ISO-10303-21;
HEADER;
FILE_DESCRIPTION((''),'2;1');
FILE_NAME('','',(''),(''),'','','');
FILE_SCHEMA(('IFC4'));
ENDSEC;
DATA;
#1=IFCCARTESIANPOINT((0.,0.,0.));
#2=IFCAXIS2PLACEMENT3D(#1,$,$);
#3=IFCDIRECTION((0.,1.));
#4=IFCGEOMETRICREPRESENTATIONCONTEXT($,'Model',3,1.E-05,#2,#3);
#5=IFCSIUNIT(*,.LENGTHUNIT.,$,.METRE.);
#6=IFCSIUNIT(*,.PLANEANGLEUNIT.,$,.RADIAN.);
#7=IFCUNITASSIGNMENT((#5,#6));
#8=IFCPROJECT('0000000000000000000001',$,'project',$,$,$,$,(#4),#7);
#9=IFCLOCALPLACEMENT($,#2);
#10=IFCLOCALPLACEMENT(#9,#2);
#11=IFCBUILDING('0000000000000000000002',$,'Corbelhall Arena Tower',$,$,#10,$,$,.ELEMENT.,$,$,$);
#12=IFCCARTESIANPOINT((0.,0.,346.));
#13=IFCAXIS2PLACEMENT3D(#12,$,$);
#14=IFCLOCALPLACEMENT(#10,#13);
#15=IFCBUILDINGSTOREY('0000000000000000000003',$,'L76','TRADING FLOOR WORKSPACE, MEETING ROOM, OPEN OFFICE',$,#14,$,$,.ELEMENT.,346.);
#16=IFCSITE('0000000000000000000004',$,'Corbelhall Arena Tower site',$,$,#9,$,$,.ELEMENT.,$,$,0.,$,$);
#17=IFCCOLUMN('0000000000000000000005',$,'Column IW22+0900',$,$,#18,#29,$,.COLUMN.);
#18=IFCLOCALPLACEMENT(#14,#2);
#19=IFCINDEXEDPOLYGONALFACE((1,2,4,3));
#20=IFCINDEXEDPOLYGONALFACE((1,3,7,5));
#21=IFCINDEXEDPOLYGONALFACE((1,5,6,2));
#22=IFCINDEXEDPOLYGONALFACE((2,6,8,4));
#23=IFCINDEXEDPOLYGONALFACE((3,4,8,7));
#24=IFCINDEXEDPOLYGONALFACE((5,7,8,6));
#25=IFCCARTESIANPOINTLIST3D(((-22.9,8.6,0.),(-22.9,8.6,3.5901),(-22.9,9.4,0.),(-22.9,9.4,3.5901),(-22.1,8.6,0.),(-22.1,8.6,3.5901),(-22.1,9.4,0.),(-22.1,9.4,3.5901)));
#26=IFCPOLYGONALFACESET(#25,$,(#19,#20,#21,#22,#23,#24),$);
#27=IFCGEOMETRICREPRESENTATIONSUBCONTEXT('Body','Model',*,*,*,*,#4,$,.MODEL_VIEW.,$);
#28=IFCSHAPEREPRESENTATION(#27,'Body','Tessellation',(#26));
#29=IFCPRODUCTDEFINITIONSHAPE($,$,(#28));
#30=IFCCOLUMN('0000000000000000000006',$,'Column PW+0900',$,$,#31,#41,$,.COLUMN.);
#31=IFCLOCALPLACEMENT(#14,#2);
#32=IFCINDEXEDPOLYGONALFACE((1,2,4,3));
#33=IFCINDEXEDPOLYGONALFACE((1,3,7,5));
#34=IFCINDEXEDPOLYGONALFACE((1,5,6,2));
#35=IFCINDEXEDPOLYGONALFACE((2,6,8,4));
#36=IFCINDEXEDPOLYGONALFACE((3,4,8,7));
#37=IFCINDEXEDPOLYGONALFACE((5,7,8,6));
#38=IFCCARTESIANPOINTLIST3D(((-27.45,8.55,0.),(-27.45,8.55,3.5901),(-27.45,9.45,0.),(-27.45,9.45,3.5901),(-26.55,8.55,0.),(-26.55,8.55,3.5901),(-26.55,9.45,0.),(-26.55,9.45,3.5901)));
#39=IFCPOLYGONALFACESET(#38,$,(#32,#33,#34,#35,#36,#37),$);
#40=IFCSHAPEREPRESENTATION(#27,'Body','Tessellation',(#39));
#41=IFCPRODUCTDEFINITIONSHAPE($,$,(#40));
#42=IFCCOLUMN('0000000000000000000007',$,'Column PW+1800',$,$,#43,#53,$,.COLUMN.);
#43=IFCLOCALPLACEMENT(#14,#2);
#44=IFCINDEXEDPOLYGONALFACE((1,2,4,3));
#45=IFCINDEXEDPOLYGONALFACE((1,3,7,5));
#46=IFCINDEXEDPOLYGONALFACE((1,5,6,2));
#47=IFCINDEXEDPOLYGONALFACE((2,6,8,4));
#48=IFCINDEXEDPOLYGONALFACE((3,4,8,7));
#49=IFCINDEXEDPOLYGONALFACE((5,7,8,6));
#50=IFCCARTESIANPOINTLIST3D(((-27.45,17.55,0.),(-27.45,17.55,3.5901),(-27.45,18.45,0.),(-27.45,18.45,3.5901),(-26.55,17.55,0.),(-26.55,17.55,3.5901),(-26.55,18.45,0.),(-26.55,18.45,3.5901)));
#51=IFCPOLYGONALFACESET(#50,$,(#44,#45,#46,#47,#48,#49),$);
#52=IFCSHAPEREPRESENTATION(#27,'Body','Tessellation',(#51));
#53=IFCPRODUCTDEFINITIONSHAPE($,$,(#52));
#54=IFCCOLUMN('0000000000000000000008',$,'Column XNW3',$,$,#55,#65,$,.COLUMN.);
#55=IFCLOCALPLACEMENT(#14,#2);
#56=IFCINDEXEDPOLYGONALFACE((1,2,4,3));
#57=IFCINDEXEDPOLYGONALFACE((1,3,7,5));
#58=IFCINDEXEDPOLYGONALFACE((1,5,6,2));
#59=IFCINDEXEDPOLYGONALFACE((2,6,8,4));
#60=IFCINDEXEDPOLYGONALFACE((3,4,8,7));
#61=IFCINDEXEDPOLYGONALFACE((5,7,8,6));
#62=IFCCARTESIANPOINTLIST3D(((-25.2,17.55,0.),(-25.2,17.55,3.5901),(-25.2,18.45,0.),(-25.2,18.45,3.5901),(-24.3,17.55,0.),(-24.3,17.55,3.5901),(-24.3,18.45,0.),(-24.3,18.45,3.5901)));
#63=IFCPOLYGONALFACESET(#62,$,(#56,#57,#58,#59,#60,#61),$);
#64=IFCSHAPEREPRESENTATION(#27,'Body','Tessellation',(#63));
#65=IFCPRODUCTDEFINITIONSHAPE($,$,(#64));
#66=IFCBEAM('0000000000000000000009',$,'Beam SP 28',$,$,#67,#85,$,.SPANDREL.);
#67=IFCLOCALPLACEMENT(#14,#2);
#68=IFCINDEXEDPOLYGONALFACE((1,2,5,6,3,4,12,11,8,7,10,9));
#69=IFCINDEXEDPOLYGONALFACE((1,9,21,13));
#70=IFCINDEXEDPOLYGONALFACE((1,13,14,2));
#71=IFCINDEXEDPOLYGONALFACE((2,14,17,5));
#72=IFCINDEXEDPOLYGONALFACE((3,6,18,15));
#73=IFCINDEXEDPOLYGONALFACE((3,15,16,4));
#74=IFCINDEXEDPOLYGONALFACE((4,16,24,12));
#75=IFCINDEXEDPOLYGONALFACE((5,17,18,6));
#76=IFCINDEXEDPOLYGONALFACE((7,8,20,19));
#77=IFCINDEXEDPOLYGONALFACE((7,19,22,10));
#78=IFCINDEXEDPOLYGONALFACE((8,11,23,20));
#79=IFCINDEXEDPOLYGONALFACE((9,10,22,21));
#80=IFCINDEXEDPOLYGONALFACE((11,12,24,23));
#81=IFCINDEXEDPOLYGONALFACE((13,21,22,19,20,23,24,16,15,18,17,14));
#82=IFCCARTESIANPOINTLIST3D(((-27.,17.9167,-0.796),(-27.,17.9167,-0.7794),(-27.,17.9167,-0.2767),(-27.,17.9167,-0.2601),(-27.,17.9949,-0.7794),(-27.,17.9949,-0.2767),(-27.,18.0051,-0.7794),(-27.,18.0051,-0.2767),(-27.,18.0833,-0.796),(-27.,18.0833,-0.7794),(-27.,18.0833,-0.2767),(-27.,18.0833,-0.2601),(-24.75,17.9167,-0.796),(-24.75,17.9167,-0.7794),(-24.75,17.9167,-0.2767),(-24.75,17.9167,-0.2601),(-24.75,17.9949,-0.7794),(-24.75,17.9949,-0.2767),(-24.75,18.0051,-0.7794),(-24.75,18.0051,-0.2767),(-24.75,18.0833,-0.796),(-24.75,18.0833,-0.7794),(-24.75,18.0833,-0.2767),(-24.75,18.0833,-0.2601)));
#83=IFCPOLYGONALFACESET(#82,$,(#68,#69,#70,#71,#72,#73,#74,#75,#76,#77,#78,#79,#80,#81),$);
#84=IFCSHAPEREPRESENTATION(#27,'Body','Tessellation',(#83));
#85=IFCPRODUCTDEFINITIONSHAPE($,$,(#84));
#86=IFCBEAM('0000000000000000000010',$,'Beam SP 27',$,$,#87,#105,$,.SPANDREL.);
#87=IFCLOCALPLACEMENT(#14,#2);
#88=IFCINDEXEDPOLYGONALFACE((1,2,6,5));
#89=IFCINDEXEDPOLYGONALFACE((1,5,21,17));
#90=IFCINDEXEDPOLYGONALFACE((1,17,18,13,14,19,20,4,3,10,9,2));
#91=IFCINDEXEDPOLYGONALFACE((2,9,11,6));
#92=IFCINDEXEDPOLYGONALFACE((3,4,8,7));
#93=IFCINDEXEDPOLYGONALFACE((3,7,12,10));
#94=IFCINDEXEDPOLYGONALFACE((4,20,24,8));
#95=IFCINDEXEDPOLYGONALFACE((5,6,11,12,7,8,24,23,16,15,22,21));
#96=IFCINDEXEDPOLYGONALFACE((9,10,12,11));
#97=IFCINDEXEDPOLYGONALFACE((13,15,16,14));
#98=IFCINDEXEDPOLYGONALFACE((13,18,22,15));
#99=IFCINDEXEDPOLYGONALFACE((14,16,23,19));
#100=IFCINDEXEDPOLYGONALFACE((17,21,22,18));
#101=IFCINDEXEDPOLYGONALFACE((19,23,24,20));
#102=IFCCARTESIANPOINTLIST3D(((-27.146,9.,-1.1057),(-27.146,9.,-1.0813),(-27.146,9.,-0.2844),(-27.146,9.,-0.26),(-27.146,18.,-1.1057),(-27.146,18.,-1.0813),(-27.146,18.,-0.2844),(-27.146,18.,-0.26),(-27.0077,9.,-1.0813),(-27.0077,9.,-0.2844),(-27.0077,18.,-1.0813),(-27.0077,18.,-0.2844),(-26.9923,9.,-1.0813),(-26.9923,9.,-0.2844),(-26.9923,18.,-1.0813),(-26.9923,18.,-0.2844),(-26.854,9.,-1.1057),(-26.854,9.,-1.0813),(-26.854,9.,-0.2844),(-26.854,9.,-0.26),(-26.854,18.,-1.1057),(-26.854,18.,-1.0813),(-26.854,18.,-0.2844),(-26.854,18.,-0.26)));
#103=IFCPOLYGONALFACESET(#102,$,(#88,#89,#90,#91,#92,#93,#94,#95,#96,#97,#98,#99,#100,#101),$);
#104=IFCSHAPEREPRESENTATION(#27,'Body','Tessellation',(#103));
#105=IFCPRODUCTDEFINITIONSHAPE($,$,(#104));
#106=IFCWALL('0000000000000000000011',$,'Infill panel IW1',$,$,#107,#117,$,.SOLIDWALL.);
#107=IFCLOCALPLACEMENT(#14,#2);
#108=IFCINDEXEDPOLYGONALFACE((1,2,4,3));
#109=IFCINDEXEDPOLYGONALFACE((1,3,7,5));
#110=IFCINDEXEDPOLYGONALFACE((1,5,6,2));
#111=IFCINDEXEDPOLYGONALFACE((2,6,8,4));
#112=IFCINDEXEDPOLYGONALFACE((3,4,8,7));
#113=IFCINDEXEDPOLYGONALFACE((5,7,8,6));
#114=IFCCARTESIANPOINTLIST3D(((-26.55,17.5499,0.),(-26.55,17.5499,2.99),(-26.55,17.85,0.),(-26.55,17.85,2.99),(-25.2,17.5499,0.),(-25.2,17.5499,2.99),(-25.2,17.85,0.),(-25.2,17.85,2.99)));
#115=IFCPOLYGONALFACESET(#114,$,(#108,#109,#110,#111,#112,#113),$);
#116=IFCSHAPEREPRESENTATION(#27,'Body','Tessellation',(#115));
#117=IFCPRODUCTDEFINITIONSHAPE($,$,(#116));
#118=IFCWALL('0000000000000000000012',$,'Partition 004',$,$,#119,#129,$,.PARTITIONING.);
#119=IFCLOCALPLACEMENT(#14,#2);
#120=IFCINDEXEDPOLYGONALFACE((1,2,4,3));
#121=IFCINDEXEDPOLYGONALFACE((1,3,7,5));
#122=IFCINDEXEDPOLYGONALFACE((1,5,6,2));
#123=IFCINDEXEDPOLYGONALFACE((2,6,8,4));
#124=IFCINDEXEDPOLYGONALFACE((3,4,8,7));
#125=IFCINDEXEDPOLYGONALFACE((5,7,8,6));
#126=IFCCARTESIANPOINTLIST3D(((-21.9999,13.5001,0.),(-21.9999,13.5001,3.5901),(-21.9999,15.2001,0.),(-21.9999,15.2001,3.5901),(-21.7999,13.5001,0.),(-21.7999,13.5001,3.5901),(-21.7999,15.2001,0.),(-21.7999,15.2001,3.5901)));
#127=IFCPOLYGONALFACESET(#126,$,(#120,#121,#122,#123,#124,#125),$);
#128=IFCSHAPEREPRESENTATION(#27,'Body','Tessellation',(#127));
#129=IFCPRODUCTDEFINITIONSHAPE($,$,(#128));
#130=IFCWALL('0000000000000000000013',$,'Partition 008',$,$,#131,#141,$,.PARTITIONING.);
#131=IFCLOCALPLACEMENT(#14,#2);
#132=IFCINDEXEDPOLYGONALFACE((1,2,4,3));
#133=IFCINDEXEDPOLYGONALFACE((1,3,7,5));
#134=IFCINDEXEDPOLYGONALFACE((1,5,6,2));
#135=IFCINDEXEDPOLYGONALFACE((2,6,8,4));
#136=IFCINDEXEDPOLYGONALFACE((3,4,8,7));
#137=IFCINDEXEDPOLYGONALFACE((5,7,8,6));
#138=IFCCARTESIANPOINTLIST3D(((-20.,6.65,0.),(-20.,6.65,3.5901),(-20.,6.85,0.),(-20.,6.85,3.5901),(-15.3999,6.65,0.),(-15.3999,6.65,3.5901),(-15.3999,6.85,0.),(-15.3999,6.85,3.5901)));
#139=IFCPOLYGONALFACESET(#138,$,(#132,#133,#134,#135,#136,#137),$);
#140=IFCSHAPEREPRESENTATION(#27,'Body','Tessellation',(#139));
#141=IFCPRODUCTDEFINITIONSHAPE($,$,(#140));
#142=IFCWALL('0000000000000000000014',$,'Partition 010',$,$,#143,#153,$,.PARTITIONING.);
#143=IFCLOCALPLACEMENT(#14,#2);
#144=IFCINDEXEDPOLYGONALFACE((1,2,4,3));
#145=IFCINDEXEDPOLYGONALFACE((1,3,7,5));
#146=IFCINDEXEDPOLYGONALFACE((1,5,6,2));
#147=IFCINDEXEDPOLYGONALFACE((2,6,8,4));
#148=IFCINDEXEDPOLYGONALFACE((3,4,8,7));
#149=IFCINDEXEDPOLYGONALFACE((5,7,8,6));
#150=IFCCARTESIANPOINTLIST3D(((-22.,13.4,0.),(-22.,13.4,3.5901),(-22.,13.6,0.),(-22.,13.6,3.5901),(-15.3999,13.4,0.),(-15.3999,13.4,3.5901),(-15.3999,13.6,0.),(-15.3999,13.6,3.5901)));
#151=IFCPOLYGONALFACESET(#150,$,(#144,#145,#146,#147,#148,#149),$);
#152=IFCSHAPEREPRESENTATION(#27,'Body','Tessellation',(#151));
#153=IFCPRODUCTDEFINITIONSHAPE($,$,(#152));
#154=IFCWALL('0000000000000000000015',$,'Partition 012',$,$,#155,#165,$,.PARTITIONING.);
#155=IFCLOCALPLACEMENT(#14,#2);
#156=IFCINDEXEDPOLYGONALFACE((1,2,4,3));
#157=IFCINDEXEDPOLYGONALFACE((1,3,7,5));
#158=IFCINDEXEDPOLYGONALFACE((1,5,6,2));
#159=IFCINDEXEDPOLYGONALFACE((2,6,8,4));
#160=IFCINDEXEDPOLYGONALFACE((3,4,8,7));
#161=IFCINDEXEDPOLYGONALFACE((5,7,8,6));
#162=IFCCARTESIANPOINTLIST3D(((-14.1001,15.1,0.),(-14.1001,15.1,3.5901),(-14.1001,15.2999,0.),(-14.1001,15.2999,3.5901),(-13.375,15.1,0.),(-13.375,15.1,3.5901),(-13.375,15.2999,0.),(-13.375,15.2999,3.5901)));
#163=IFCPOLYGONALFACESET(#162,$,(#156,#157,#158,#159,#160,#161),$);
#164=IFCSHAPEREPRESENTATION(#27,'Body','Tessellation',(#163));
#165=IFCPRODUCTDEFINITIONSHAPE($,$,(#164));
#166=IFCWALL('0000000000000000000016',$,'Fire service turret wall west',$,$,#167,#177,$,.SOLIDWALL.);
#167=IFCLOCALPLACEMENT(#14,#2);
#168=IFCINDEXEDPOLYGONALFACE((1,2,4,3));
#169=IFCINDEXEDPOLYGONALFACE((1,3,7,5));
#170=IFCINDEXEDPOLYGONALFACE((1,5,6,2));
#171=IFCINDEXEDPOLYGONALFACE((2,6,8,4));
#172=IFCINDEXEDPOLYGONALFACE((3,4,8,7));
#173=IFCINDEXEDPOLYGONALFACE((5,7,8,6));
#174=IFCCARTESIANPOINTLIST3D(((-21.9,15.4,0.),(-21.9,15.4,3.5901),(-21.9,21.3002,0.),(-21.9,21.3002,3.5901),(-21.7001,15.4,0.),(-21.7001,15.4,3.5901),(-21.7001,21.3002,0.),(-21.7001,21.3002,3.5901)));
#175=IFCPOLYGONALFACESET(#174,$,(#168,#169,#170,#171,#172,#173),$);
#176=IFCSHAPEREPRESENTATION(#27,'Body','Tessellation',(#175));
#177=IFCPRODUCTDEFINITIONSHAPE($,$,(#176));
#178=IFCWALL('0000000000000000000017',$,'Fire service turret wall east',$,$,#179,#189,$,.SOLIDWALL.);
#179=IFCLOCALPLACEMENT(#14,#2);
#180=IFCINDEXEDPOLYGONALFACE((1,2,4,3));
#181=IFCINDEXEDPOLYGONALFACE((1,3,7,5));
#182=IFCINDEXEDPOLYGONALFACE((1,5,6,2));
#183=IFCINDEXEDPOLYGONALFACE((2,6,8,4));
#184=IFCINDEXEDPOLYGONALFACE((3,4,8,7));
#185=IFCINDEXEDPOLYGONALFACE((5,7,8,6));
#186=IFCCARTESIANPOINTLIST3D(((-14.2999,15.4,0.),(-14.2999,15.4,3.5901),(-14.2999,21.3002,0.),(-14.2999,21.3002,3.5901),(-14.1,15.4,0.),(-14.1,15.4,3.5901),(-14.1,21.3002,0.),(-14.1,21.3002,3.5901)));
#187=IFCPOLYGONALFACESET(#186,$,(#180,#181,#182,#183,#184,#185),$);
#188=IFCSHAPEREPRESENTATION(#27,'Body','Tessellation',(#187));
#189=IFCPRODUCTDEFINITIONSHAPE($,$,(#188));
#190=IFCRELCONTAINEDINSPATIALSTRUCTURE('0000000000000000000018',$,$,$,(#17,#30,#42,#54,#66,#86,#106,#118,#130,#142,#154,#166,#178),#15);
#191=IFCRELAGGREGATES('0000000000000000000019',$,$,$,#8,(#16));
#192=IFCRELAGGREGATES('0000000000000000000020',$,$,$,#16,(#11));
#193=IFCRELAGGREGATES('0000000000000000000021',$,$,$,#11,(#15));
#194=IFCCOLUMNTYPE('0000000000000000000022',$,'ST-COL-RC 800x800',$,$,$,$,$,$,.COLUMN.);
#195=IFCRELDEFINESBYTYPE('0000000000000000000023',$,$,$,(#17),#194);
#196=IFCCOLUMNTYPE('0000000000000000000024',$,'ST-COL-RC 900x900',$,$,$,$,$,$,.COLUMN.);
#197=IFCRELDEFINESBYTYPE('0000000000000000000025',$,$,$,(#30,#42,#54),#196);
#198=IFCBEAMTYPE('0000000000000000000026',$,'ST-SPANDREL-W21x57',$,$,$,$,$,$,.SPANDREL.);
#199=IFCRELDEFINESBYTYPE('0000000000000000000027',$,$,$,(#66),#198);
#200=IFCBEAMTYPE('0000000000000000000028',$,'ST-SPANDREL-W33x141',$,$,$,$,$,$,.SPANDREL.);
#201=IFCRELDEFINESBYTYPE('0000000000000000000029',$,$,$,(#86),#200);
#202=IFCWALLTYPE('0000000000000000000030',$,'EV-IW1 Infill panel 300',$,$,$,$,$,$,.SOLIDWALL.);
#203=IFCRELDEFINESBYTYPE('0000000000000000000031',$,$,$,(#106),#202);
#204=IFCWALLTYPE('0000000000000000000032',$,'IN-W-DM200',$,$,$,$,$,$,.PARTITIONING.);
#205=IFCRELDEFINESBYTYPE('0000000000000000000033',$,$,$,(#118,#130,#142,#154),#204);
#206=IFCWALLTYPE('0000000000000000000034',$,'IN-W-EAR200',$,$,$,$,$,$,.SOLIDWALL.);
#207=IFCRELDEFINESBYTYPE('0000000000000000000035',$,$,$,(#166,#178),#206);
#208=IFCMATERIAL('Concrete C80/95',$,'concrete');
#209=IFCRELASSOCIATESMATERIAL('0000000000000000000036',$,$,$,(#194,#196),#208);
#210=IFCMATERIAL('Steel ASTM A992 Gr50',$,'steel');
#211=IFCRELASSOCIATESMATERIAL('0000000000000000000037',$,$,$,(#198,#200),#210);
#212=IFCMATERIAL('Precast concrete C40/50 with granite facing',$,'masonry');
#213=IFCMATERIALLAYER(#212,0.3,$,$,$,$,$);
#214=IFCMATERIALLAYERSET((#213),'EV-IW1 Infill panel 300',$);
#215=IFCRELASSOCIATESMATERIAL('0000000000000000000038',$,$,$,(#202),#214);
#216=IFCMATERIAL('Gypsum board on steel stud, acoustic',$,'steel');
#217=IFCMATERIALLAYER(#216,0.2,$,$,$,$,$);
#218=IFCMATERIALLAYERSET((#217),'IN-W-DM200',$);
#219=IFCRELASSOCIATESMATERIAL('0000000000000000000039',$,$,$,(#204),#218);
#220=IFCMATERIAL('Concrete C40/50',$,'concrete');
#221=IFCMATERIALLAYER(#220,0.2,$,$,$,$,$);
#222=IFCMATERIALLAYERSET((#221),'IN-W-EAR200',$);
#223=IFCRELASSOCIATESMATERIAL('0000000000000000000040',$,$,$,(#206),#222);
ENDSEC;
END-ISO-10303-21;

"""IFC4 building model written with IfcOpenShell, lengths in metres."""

from ifc_helpers import new_model, si_unit, direction, frame, frame_2d, origin, origin_2d, place, context, subcontext, project, spatial, rectangle, i_section, extrude, material, layer, layer_set, material_profile, profile_set, type_object, element, save


model = new_model("IFC4")

# Units and contexts
model_context = context("Model", 3, precision=1e-05, world=origin(), true_north=direction((0.0, 1.0)))
body_context = subcontext(model_context, "Body", "Model", "MODEL_VIEW")
ifc_project = project(units=[si_unit("LENGTHUNIT", "METRE"), si_unit("PLANEANGLEUNIT", "RADIAN")], contexts=[model_context])

# Site, building, storey
site_placement = place(None, origin())
site = spatial("IfcSite", under=ifc_project, at=site_placement, Name="Corbelhall Arena Tower site", CompositionType="ELEMENT", RefElevation=0.0)
building_placement = place(site_placement, origin())
building = spatial("IfcBuilding", under=site, at=building_placement, Name="Corbelhall Arena Tower", CompositionType="ELEMENT")
storey_placement = place(building_placement, frame((0.0, 0.0, 346.0)))
storey = spatial("IfcBuildingStorey", under=building, at=storey_placement, Name="L76", Description="TRADING FLOOR WORKSPACE, MEETING ROOM, OPEN OFFICE", CompositionType="ELEMENT", Elevation=346.0)

# Columns
ifc_material_1 = material(Name="Concrete C80/95", Category="concrete")
ifc_material_profile_1 = material_profile(ifc_material_1, rectangle(XDim=0.8, YDim=0.8, at=origin_2d()))
ifc_profile_set_1 = profile_set([ifc_material_profile_1], Name="Concrete C80/95")
column_type_1 = type_object("IfcColumnType", Name="ST-COL-RC 800x800", PredefinedType="COLUMN", material=ifc_profile_set_1)
column_placement = place(storey_placement, frame((-22.5, 9.0, 0.0), z_axis=(0.0, 0.0, 1.0), x_axis=(1.0, 0.0, 0.0)))
element("IfcColumn", 1, at=column_placement, inside=storey, type_object=column_type_1, Name="Column IW22+0900", PredefinedType="COLUMN", context=body_context, shape_type="SweptSolid", body=[
    extrude(rectangle(XDim=0.8, YDim=0.8, at=origin_2d()), origin(), (0.0, 0.0, 1.0), 3.5901),
])
ifc_material_profile_2 = material_profile(ifc_material_1, rectangle(XDim=0.8999, YDim=0.8999, at=origin_2d()))
ifc_profile_set_2 = profile_set([ifc_material_profile_2], Name="Concrete C80/95")
column_type_2 = type_object("IfcColumnType", Name="ST-COL-RC 900x900", PredefinedType="COLUMN", material=ifc_profile_set_2)
for number, where, z_axis, x_axis, name in (
    (2, (-27.0, 9.0, 0.0), (0.0, 0.0, 1.0), (0.0, 1.0, 0.0), "Column PW+0900"),
    (3, (-27.0, 18.0, 0.0), (0.0, 0.0, 1.0), (0.0, 1.0, 0.0), "Column PW+1800"),
    (4, (-24.75, 18.0, 0.0), (0.0, 0.0, 1.0), (1.0, 0.0, 0.0), "Column XNW3"),
):
    element("IfcColumn", number, at=place(storey_placement, frame(where, z_axis=z_axis, x_axis=x_axis)), inside=storey, type_object=column_type_2, Name=name, PredefinedType="COLUMN", context=body_context, shape_type="SweptSolid", body=[
        extrude(rectangle(XDim=0.8999, YDim=0.8999, at=origin_2d()), origin(), (0.0, 0.0, 1.0), 3.5901),
    ])

# Beams
ifc_material_2 = material(Name="Steel ASTM A992 Gr50", Category="steel")
ifc_material_profile_3 = material_profile(ifc_material_2, i_section(OverallWidth=0.1665, OverallDepth=0.5359, WebThickness=0.0103, FlangeThickness=0.0166, at=origin_2d()))
ifc_profile_set_3 = profile_set([ifc_material_profile_3], Name="Steel ASTM A992 Gr50")
beam_type_1 = type_object("IfcBeamType", Name="ST-SPANDREL-W21x57", PredefinedType="SPANDREL", material=ifc_profile_set_3)
beam_1_placement = place(storey_placement, frame((-27.0, 18.0, -0.5281), z_axis=(1.0, 0.0, 0.0), x_axis=(0.0, 1.0, 0.0)))
element("IfcBeam", 5, at=beam_1_placement, inside=storey, type_object=beam_type_1, Name="Beam SP 28", PredefinedType="SPANDREL", context=body_context, shape_type="SweptSolid", body=[
    extrude(i_section(OverallWidth=0.1665, OverallDepth=0.5359, WebThickness=0.0103, FlangeThickness=0.0166, at=origin_2d()), origin(), (0.0, 0.0, 1.0), 2.25),
])
ifc_material_profile_4 = material_profile(ifc_material_2, i_section(OverallWidth=0.292, OverallDepth=0.8457, WebThickness=0.0154, FlangeThickness=0.0244, at=origin_2d()))
ifc_profile_set_4 = profile_set([ifc_material_profile_4], Name="Steel ASTM A992 Gr50")
beam_type_2 = type_object("IfcBeamType", Name="ST-SPANDREL-W33x141", PredefinedType="SPANDREL", material=ifc_profile_set_4)
beam_2_placement = place(storey_placement, frame((-27.0, 9.0, -0.6829), z_axis=(0.0, 1.0, 0.0), x_axis=(-1.0, 0.0, 0.0)))
element("IfcBeam", 6, at=beam_2_placement, inside=storey, type_object=beam_type_2, Name="Beam SP 27", PredefinedType="SPANDREL", context=body_context, shape_type="SweptSolid", body=[
    extrude(i_section(OverallWidth=0.292, OverallDepth=0.8457, WebThickness=0.0154, FlangeThickness=0.0244, at=origin_2d()), origin(), (0.0, 0.0, 1.0), 9.0),
])

# Wall
ifc_material_3 = material(Name="Precast concrete C40/50 with granite facing", Category="masonry")
ifc_layer_1 = layer(ifc_material_3, 0.3)
ifc_layer_set_1 = layer_set([ifc_layer_1], Name="EV-IW1 Infill panel 300")
wall_type_1 = type_object("IfcWallType", Name="EV-IW1 Infill panel 300", PredefinedType="SOLIDWALL", material=ifc_layer_set_1)
wall_1_placement = place(storey_placement, frame((-25.2, 17.7, 0.0), z_axis=(0.0, 0.0, 1.0), x_axis=(-1.0, 0.0, 0.0)))
element("IfcWall", 7, at=wall_1_placement, inside=storey, type_object=wall_type_1, Name="Infill panel IW1", PredefinedType="SOLIDWALL", context=body_context, shape_type="SweptSolid", body=[
    extrude(rectangle(XDim=1.3501, YDim=0.3, at=frame_2d((0.675, 0.0))), origin(), (0.0, 0.0, 1.0), 2.99),
])

# Walls
ifc_material_4 = material(Name="Gypsum board on steel stud, acoustic", Category="steel")
ifc_layer_2 = layer(ifc_material_4, 0.2)
ifc_layer_set_2 = layer_set([ifc_layer_2], Name="IN-W-DM200")
wall_type_2 = type_object("IfcWallType", Name="IN-W-DM200", PredefinedType="PARTITIONING", material=ifc_layer_set_2)
wall_2_placement = place(storey_placement, frame((-21.8999, 13.5, 0.0), z_axis=(0.0, 0.0, 1.0), x_axis=(0.0, 1.0, 0.0)))
element("IfcWall", 8, at=wall_2_placement, inside=storey, type_object=wall_type_2, Name="Partition 004", PredefinedType="PARTITIONING", context=body_context, shape_type="SweptSolid", body=[
    extrude(rectangle(XDim=1.7, YDim=0.2, at=frame_2d((0.8501, 0.0))), origin(), (0.0, 0.0, 1.0), 3.5901),
])
wall_3_placement = place(storey_placement, frame((-20.0, 6.75, 0.0), z_axis=(0.0, 0.0, 1.0), x_axis=(1.0, 0.0, 0.0)))
element("IfcWall", 9, at=wall_3_placement, inside=storey, type_object=wall_type_2, Name="Partition 008", PredefinedType="PARTITIONING", context=body_context, shape_type="SweptSolid", body=[
    extrude(rectangle(XDim=4.6001, YDim=0.2, at=frame_2d((2.3, 0.0))), origin(), (0.0, 0.0, 1.0), 3.5901),
])
wall_4_placement = place(storey_placement, frame((-15.3999, 13.5, 0.0), z_axis=(0.0, 0.0, 1.0), x_axis=(-1.0, 0.0, 0.0)))
element("IfcWall", 10, at=wall_4_placement, inside=storey, type_object=wall_type_2, Name="Partition 010", PredefinedType="PARTITIONING", context=body_context, shape_type="SweptSolid", body=[
    extrude(rectangle(XDim=6.6001, YDim=0.2, at=frame_2d((3.3, 0.0))), origin(), (0.0, 0.0, 1.0), 3.5901),
])
wall_5_placement = place(storey_placement, frame((-14.1001, 15.2, 0.0), z_axis=(0.0, 0.0, 1.0), x_axis=(1.0, 0.0, 0.0)))
element("IfcWall", 11, at=wall_5_placement, inside=storey, type_object=wall_type_2, Name="Partition 012", PredefinedType="PARTITIONING", context=body_context, shape_type="SweptSolid", body=[
    extrude(rectangle(XDim=0.7251, YDim=0.2, at=frame_2d((0.3625, 0.0))), origin(), (0.0, 0.0, 1.0), 3.5901),
])

# Shared definitions
ifc_material_5 = material(Name="Concrete C40/50", Category="concrete")
ifc_layer_3 = layer(ifc_material_5, 0.2)
ifc_layer_set_3 = layer_set([ifc_layer_3], Name="IN-W-EAR200")
wall_type_3 = type_object("IfcWallType", Name="IN-W-EAR200", PredefinedType="SOLIDWALL", material=ifc_layer_set_3)

# Walls
for number, where, z_axis, x_axis, name in (
    (12, (-21.8, 15.3999, 0.0), (0.0, 0.0, 1.0), (0.0, 1.0, 0.0), "Fire service turret wall west"),
    (13, (-14.2, 15.3999, 0.0), (0.0, 0.0, 1.0), (0.0, 1.0, 0.0), "Fire service turret wall east"),
):
    element("IfcWall", number, at=place(storey_placement, frame(where, z_axis=z_axis, x_axis=x_axis)), inside=storey, type_object=wall_type_3, Name=name, PredefinedType="SOLIDWALL", context=body_context, shape_type="SweptSolid", body=[
        extrude(rectangle(XDim=5.9001, YDim=0.2, at=frame_2d((2.9502, 0.0))), origin(), (0.0, 0.0, 1.0), 3.5901),
    ])

save(model, "model.ifc")
